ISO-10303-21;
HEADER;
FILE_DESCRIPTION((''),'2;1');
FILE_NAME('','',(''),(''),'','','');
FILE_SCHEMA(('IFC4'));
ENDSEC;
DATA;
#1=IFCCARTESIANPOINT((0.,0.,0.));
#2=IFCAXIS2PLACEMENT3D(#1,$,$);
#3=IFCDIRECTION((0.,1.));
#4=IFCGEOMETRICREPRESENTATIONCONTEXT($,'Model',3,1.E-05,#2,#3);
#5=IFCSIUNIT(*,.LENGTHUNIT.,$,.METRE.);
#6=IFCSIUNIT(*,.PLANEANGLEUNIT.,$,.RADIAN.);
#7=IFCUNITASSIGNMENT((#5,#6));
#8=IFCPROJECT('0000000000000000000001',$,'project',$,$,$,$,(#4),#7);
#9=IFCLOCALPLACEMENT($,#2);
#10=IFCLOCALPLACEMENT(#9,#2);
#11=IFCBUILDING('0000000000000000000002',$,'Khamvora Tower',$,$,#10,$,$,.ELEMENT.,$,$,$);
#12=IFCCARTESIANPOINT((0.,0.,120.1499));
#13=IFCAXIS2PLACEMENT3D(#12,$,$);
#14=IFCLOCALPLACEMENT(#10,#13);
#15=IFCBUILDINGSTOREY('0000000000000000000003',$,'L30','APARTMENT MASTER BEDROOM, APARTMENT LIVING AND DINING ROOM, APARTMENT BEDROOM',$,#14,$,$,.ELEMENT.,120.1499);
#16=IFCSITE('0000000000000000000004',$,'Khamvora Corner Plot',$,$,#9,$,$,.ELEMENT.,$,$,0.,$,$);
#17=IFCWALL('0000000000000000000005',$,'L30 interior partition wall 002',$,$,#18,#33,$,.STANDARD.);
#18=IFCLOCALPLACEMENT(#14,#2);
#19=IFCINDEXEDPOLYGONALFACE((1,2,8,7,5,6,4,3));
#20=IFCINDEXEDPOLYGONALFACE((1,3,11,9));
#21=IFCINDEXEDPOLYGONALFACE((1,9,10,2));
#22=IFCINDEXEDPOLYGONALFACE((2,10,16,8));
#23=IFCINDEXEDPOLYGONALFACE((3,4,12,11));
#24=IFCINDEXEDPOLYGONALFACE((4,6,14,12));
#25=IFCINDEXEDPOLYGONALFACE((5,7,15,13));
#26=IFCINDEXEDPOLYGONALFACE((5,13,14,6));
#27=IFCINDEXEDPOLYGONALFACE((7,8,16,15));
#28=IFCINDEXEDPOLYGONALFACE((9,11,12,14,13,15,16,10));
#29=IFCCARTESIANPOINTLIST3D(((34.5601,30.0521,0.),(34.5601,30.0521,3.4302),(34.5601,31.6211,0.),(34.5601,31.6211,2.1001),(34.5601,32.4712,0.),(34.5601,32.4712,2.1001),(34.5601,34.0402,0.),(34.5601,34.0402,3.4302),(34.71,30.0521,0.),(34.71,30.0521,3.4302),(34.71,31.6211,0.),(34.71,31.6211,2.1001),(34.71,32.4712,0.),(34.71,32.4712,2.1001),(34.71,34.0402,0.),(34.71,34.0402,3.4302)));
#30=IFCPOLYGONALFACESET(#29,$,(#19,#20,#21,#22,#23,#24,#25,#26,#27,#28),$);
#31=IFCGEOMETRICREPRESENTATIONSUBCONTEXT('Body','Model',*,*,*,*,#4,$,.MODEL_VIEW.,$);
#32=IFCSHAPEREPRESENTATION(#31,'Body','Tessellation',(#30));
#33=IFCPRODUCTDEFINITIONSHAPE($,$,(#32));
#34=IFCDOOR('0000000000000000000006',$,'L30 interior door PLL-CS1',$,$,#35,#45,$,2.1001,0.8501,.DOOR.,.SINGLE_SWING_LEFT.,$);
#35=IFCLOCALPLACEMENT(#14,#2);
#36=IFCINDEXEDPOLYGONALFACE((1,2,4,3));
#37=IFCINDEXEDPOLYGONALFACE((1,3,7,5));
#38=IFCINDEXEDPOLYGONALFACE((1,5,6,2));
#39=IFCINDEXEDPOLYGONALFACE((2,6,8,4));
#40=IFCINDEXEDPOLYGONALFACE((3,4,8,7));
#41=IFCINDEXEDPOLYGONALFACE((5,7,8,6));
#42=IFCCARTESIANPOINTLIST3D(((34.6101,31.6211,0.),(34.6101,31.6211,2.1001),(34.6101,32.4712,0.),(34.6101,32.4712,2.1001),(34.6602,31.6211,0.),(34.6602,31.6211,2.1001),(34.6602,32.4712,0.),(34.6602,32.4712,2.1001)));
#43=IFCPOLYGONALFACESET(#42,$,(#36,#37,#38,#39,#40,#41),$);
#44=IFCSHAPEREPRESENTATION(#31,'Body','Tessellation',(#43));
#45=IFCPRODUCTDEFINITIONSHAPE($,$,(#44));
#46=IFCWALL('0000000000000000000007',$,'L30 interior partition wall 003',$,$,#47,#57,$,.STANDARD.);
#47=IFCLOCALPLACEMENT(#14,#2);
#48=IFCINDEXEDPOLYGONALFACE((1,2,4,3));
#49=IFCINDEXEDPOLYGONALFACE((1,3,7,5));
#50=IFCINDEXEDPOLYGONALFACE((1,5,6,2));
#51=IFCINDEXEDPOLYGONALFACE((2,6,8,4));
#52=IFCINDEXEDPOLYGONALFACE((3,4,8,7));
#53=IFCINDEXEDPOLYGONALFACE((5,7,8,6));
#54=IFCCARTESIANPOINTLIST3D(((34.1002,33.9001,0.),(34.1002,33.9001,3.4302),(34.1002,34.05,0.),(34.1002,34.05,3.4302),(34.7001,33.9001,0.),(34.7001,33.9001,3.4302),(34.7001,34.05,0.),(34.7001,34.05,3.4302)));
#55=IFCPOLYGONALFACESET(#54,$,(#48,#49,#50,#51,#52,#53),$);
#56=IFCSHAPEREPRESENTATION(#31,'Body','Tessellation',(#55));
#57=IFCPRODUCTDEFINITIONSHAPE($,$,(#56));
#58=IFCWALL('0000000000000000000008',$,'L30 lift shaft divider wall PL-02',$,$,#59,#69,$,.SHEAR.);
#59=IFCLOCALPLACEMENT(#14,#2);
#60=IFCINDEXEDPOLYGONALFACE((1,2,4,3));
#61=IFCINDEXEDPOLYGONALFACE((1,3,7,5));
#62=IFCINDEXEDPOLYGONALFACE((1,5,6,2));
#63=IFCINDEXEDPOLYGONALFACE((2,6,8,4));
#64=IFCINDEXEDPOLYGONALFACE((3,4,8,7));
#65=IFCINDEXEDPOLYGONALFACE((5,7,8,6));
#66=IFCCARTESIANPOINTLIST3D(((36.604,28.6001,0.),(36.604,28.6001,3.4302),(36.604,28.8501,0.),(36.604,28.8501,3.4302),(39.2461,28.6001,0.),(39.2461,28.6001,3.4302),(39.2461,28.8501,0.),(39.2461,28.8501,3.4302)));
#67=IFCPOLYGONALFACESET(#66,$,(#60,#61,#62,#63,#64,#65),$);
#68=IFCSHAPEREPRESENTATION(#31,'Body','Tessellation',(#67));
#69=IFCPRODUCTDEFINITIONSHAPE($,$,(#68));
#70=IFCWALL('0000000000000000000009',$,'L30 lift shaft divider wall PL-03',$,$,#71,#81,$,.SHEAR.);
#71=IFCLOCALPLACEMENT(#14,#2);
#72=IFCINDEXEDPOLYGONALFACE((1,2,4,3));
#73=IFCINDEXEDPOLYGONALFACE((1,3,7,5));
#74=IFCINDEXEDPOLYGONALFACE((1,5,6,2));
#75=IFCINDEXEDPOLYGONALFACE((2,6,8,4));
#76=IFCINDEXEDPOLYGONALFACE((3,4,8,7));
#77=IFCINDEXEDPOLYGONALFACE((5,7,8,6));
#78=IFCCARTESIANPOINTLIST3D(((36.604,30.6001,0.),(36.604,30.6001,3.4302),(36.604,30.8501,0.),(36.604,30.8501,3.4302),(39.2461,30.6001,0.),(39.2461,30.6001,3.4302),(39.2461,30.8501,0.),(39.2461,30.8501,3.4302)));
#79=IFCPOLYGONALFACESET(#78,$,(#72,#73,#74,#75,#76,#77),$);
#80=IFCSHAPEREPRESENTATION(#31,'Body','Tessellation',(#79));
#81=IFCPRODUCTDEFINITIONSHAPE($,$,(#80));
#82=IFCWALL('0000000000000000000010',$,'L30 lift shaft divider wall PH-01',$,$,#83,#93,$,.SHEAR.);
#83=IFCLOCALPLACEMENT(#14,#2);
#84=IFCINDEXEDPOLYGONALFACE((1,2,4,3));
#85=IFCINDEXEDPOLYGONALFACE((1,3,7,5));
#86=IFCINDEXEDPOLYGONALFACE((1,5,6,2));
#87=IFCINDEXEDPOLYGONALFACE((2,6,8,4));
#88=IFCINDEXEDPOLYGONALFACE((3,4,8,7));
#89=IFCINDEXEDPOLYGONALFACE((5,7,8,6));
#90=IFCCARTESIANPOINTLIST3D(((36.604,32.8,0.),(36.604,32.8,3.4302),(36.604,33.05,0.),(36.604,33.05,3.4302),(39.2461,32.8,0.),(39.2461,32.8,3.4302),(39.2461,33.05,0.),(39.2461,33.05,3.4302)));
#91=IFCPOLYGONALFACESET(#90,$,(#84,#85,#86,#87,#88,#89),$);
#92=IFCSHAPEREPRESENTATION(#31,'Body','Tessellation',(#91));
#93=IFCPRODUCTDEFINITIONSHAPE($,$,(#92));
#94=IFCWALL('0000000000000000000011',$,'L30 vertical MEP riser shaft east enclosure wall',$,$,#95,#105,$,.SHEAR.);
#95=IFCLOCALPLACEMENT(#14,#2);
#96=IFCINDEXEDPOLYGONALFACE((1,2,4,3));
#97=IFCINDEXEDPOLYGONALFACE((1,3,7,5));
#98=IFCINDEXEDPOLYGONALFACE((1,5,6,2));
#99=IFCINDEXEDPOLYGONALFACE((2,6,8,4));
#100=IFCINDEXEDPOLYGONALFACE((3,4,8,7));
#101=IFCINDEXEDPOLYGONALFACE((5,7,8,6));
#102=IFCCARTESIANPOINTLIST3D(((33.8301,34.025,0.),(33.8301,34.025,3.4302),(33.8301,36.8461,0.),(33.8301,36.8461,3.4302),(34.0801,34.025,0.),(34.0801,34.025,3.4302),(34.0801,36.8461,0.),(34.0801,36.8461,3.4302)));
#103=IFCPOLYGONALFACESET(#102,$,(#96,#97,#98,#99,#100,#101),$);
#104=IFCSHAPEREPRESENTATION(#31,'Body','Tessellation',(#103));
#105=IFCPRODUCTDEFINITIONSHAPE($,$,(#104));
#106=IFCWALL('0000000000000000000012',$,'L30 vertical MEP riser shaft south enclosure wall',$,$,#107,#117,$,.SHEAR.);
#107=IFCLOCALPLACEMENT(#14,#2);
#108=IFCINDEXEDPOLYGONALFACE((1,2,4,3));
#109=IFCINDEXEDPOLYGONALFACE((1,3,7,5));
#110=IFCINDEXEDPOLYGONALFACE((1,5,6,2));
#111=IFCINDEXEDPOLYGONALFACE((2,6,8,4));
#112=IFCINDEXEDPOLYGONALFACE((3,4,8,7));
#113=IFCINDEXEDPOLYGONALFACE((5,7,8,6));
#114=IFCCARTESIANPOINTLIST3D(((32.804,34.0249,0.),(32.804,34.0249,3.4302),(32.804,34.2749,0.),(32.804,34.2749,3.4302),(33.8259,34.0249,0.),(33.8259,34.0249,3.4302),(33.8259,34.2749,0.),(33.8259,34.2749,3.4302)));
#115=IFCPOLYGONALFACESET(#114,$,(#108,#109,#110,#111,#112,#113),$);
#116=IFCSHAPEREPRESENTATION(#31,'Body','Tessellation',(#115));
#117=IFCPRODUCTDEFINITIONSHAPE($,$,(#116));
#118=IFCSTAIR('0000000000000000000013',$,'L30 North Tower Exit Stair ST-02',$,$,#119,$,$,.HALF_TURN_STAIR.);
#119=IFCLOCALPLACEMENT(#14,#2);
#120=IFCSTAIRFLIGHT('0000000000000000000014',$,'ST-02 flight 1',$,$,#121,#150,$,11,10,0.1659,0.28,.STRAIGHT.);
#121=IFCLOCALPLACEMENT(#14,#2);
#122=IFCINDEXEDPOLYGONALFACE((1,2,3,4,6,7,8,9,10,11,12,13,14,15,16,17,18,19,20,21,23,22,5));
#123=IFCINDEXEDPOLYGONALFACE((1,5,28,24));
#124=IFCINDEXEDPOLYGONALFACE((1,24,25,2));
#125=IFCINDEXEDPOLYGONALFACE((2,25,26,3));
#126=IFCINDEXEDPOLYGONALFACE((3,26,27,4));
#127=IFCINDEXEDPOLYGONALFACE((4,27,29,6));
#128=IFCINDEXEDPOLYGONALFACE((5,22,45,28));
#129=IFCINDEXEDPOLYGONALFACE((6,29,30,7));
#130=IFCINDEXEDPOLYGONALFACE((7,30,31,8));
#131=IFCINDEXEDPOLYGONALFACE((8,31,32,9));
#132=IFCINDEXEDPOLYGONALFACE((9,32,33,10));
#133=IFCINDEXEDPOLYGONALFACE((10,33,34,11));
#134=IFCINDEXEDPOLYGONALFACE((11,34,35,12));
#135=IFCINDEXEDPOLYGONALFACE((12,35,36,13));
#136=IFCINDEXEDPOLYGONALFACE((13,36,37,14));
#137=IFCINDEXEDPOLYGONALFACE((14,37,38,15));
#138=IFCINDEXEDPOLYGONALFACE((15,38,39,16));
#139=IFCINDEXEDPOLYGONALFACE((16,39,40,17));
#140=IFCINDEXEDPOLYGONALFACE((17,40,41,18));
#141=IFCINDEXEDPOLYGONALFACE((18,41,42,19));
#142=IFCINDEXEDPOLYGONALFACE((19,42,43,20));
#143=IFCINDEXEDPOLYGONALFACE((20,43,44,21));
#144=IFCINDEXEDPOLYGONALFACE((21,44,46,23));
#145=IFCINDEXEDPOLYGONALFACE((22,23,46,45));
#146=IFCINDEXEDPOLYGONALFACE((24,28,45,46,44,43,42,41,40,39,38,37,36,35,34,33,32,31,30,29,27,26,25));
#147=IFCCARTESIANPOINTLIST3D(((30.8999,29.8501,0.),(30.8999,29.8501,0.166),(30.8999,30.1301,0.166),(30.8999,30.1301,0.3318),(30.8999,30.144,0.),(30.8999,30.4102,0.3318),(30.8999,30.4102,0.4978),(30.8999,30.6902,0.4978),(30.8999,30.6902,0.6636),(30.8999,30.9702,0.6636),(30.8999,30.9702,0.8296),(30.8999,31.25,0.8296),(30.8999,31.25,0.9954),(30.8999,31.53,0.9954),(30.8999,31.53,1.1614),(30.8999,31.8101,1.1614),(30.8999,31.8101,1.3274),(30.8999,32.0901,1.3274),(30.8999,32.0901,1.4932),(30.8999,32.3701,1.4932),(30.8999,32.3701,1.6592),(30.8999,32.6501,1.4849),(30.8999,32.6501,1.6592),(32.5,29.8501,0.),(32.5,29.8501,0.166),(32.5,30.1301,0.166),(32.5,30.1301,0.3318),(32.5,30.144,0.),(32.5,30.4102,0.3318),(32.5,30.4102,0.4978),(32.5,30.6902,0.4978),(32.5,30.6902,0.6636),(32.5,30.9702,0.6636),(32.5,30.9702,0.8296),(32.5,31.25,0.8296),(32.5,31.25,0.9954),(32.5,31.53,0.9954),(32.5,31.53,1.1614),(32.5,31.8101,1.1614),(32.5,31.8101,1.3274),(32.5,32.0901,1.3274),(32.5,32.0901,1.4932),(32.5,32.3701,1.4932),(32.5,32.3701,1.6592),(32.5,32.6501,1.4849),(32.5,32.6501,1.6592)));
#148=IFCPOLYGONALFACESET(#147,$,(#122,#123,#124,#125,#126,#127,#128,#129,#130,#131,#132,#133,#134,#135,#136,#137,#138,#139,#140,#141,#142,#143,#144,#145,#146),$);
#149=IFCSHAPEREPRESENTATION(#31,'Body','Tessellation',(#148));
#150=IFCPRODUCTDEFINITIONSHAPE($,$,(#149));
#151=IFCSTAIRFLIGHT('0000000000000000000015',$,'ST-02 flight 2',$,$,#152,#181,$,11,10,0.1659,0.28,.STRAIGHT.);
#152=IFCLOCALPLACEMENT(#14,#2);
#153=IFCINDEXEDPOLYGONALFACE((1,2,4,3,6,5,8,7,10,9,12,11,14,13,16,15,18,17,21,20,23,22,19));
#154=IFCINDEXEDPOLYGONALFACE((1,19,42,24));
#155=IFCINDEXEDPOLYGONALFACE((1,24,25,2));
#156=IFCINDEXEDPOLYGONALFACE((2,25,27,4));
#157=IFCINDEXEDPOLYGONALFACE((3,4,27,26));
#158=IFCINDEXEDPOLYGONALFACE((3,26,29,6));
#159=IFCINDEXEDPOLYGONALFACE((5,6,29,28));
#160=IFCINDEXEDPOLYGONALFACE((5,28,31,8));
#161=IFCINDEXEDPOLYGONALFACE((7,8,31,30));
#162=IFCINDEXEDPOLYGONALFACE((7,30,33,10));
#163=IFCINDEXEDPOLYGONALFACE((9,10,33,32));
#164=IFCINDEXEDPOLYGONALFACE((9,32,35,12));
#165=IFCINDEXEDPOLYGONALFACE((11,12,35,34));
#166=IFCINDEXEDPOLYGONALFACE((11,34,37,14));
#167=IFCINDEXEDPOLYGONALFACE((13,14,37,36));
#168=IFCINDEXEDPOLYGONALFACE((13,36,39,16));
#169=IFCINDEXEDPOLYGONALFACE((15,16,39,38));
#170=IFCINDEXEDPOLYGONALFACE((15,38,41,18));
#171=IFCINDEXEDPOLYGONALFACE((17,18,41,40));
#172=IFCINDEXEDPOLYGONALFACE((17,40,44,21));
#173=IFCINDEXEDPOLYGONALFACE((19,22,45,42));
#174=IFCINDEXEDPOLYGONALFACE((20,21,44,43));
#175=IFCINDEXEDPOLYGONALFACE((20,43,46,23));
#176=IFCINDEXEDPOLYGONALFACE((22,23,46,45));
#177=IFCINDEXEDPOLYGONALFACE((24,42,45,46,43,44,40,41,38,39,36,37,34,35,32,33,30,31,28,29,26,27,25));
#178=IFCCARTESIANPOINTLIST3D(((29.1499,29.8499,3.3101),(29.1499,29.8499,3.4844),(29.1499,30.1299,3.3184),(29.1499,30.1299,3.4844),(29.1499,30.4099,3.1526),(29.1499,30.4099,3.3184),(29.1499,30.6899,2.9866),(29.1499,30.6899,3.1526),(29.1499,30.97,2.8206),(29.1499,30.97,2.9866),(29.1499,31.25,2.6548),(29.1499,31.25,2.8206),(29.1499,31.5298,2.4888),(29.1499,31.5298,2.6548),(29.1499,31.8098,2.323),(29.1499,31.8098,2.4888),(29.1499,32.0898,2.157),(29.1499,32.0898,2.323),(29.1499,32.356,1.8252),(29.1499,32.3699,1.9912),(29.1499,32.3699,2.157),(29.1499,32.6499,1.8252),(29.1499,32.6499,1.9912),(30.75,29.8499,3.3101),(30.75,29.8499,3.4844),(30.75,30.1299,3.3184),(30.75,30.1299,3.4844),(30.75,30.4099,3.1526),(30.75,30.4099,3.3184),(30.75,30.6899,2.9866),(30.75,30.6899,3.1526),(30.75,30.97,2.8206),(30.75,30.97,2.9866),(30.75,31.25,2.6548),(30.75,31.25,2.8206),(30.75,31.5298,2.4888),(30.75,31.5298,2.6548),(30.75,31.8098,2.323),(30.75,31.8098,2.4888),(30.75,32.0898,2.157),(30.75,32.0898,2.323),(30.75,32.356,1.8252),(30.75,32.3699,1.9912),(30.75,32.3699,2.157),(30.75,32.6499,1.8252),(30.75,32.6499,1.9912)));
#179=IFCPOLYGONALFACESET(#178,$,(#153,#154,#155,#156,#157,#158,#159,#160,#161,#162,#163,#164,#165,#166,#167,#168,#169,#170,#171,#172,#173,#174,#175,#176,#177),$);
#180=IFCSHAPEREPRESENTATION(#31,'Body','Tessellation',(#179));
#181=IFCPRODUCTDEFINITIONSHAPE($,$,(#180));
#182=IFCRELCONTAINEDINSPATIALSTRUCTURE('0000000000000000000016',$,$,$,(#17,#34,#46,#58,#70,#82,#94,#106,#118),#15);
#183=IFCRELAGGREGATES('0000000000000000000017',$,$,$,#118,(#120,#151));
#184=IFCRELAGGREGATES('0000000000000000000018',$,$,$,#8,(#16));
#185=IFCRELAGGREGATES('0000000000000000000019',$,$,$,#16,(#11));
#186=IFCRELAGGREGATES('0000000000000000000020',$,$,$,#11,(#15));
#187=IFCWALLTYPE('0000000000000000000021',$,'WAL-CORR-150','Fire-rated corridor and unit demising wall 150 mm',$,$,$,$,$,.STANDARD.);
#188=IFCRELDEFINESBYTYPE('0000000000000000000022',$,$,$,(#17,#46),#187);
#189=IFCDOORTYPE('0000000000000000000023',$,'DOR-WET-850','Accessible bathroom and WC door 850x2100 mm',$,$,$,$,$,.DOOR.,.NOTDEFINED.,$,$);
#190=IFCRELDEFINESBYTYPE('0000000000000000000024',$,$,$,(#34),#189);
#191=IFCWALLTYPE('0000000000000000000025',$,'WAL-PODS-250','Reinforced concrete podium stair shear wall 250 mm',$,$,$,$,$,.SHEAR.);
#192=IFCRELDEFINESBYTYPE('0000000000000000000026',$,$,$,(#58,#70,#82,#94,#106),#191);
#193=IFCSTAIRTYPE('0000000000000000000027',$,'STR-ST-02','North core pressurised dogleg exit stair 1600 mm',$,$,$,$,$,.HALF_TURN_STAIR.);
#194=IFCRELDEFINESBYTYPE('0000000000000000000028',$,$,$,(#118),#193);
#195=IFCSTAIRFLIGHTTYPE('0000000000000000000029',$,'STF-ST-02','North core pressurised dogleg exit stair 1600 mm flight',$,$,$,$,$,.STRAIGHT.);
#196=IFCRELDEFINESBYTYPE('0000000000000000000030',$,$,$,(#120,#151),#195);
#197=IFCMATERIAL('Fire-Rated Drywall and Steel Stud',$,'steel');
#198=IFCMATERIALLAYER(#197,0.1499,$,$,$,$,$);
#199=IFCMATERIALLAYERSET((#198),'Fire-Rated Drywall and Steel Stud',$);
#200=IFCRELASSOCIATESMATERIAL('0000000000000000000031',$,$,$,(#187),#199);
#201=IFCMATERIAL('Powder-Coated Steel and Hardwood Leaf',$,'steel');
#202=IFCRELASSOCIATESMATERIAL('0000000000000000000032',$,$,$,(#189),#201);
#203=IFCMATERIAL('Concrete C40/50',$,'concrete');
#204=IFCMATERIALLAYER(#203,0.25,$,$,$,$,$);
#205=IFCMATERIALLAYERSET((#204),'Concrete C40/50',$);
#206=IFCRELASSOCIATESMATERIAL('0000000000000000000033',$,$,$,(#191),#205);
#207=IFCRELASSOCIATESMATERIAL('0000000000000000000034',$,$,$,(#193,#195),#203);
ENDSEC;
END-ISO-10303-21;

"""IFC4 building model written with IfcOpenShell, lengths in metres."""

from ifc_helpers import new_model, si_unit, direction, frame, frame_2d, origin, place, context, subcontext, project, spatial, polyline, rectangle, outline, extrude, material, layer, layer_set, type_object, element, fill, aggregate, save


model = new_model("IFC4")

# Units and contexts
model_context = context("Model", 3, precision=1e-05, world=origin(), true_north=direction((0.0, 1.0)))
body_context = subcontext(model_context, "Body", "Model", "MODEL_VIEW")
ifc_project = project(units=[si_unit("LENGTHUNIT", "METRE"), si_unit("PLANEANGLEUNIT", "RADIAN")], contexts=[model_context])

# Site, building, storey
site_placement = place(None, origin())
site = spatial("IfcSite", under=ifc_project, at=site_placement, Name="Khamvora Corner Plot", CompositionType="ELEMENT", RefElevation=0.0)
building_placement = place(site_placement, origin())
building = spatial("IfcBuilding", under=site, at=building_placement, Name="Khamvora Tower", CompositionType="ELEMENT")
storey_placement = place(building_placement, frame((0.0, 0.0, 120.1499)))
storey = spatial("IfcBuildingStorey", under=building, at=storey_placement, Name="L30", Description="APARTMENT MASTER BEDROOM, APARTMENT LIVING AND DINING ROOM, APARTMENT BEDROOM", CompositionType="ELEMENT", Elevation=120.1499)

# Shared definitions
ifc_material_1 = material(Name="Powder-Coated Steel and Hardwood Leaf", Category="steel")

# Shared definitions
ifc_material_2 = material(Name="Fire-Rated Drywall and Steel Stud", Category="steel")
ifc_layer_1 = layer(ifc_material_2, 0.1499)
ifc_layer_set_1 = layer_set([ifc_layer_1], Name="Fire-Rated Drywall and Steel Stud")
wall_type_1 = type_object("IfcWallType", Name="WAL-CORR-150", Description="Fire-rated corridor and unit demising wall 150 mm", PredefinedType="STANDARD", material=ifc_layer_set_1)

# Wall, opening, door
wall_1_placement = place(storey_placement, frame((34.635, 30.052, 0.0), z_axis=(0.0, 0.0, 1.0), x_axis=(0.0, 1.0, 0.0)))
wall_1 = element("IfcWall", 1, at=wall_1_placement, inside=storey, type_object=wall_type_1, Name="L30 interior partition wall 002", PredefinedType="STANDARD", context=body_context, shape_type="SweptSolid", body=[
    extrude(rectangle(XDim=3.988, YDim=0.1499, at=frame_2d((1.9941, 0.0))), origin(), (0.0, 0.0, 1.0), 3.4302),
])
opening_1_placement = place(wall_1_placement, frame((1.5691, 0.0, 0.0)))
opening_1 = element("IfcOpeningElement", 2, at=opening_1_placement, cuts=wall_1, PredefinedType="OPENING", context=body_context, shape_type="SweptSolid", body=[
    extrude(rectangle(XDim=0.8501, YDim=2.1001, at=frame_2d((0.425, 1.05))), frame((0.0, 0.085, 0.0), z_axis=(0.0, -1.0, 0.0), x_axis=(1.0, 0.0, 0.0)), (0.0, 0.0, 1.0), 0.1699),
])
door_type_1 = type_object("IfcDoorType", Name="DOR-WET-850", Description="Accessible bathroom and WC door 850x2100 mm", OperationType="NOTDEFINED", PredefinedType="DOOR", material=ifc_material_1)
door_1_placement = place(opening_1_placement, origin())
door_1 = element("IfcDoor", 3, at=door_1_placement, inside=storey, type_object=door_type_1, Name="L30 interior door PLL-CS1", OperationType="SINGLE_SWING_LEFT", OverallHeight=2.1001, OverallWidth=0.8501, PredefinedType="DOOR", context=body_context, shape_type="SweptSolid", body=[
    extrude(rectangle(XDim=0.8501, YDim=2.1001, at=frame_2d((0.425, 1.05))), frame((0.0, 0.0249, 0.0), z_axis=(0.0, -1.0, 0.0), x_axis=(1.0, 0.0, 0.0)), (0.0, 0.0, 1.0), 0.05),
])
fill(opening_1, door_1)

# Walls
wall_2_placement = place(storey_placement, frame((34.7, 33.9751, 0.0), z_axis=(0.0, 0.0, 1.0), x_axis=(-1.0, 0.0, 0.0)))
element("IfcWall", 4, at=wall_2_placement, inside=storey, type_object=wall_type_1, Name="L30 interior partition wall 003", PredefinedType="STANDARD", context=body_context, shape_type="SweptSolid", body=[
    extrude(rectangle(XDim=0.5999, YDim=0.1499, at=frame_2d((0.2998, 0.0))), origin(), (0.0, 0.0, 1.0), 3.4302),
])
ifc_material_3 = material(Name="Concrete C40/50", Category="concrete")
ifc_layer_2 = layer(ifc_material_3, 0.25)
ifc_layer_set_2 = layer_set([ifc_layer_2], Name="Concrete C40/50")
wall_type_2 = type_object("IfcWallType", Name="WAL-PODS-250", Description="Reinforced concrete podium stair shear wall 250 mm", PredefinedType="SHEAR", material=ifc_layer_set_2)
for number, where, z_axis, x_axis, name in (
    (5, (36.604, 28.7251, 0.0), (0.0, 0.0, 1.0), (1.0, 0.0, 0.0), "L30 lift shaft divider wall PL-02"),
    (6, (36.604, 30.7251, 0.0), (0.0, 0.0, 1.0), (1.0, 0.0, 0.0), "L30 lift shaft divider wall PL-03"),
    (7, (36.604, 32.925, 0.0), (0.0, 0.0, 1.0), (1.0, 0.0, 0.0), "L30 lift shaft divider wall PH-01"),
):
    element("IfcWall", number, at=place(storey_placement, frame(where, z_axis=z_axis, x_axis=x_axis)), inside=storey, type_object=wall_type_2, Name=name, PredefinedType="SHEAR", context=body_context, shape_type="SweptSolid", body=[
        extrude(rectangle(XDim=2.6421, YDim=0.25, at=frame_2d((1.321, 0.0))), origin(), (0.0, 0.0, 1.0), 3.4302),
    ])
wall_3_placement = place(storey_placement, frame((33.9551, 34.0249, 0.0), z_axis=(0.0, 0.0, 1.0), x_axis=(0.0, 1.0, 0.0)))
element("IfcWall", 8, at=wall_3_placement, inside=storey, type_object=wall_type_2, Name="L30 vertical MEP riser shaft east enclosure wall", PredefinedType="SHEAR", context=body_context, shape_type="SweptSolid", body=[
    extrude(rectangle(XDim=2.821, YDim=0.25, at=frame_2d((1.4106, 0.0))), origin(), (0.0, 0.0, 1.0), 3.4302),
])
wall_4_placement = place(storey_placement, frame((32.804, 34.1499, 0.0), z_axis=(0.0, 0.0, 1.0), x_axis=(1.0, 0.0, 0.0)))
element("IfcWall", 9, at=wall_4_placement, inside=storey, type_object=wall_type_2, Name="L30 vertical MEP riser shaft south enclosure wall", PredefinedType="SHEAR", context=body_context, shape_type="SweptSolid", body=[
    extrude(rectangle(XDim=1.022, YDim=0.25, at=frame_2d((0.511, 0.0))), origin(), (0.0, 0.0, 1.0), 3.4302),
])

# Stair, stair flights
stair_type = type_object("IfcStairType", Name="STR-ST-02", Description="North core pressurised dogleg exit stair 1600 mm", PredefinedType="HALF_TURN_STAIR", material=ifc_material_3)
stair_placement = place(storey_placement, origin())
stair = element("IfcStair", 10, at=stair_placement, inside=storey, type_object=stair_type, Name="L30 North Tower Exit Stair ST-02", PredefinedType="HALF_TURN_STAIR")
stair_flight_type = type_object("IfcStairFlightType", Name="STF-ST-02", Description="North core pressurised dogleg exit stair 1600 mm flight", PredefinedType="STRAIGHT", material=ifc_material_3)
stair_flight_1_placement = place(storey_placement, frame((31.7, 29.8501, 0.0), z_axis=(0.0, 0.0, 1.0), x_axis=(0.0, 1.0, 0.0)))
stair_flight_1 = element("IfcStairFlight", 11, at=stair_flight_1_placement, type_object=stair_flight_type, Name="ST-02 flight 1", NumberOfRisers=11, NumberOfTreads=10, PredefinedType="STRAIGHT", RiserHeight=0.1659, TreadLength=0.28, context=body_context, shape_type="SweptSolid", body=[
    extrude(outline(polyline([(0.0, 0.0), (0.0, 0.166), (0.28, 0.166), (0.28, 0.3318), (0.5601, 0.3318), (0.5601, 0.4978), (0.8401, 0.4978), (0.8401, 0.6636), (1.1201, 0.6636), (1.1201, 0.8296), (1.3999, 0.8296), (1.3999, 0.9954), (1.6799, 0.9954), (1.6799, 1.1614), (1.96, 1.1614), (1.96, 1.3274), (2.24, 1.3274), (2.24, 1.4932), (2.52, 1.4932), (2.52, 1.6592), (2.8, 1.6592), (2.8, 1.825), (2.8, 1.4849), (0.2939, 0.0), (0.0, 0.0)])), frame((0.0, 0.8, 0.0), z_axis=(0.0, -1.0, 0.0), x_axis=(1.0, 0.0, 0.0)), (0.0, 0.0, 1.0), 1.6001),
])
stair_flight_2_placement = place(storey_placement, frame((29.95, 32.6499, 1.8252), z_axis=(0.0, 0.0, 1.0), x_axis=(0.0, -1.0, 0.0)))
stair_flight_2 = element("IfcStairFlight", 12, at=stair_flight_2_placement, type_object=stair_flight_type, Name="ST-02 flight 2", NumberOfRisers=11, NumberOfTreads=10, PredefinedType="STRAIGHT", RiserHeight=0.1659, TreadLength=0.28, context=body_context, shape_type="SweptSolid", body=[
    extrude(outline(polyline([(0.0, 0.0), (0.0, 0.166), (0.28, 0.166), (0.28, 0.3318), (0.5601, 0.3318), (0.5601, 0.4978), (0.8401, 0.4978), (0.8401, 0.6636), (1.1201, 0.6636), (1.1201, 0.8296), (1.3999, 0.8296), (1.3999, 0.9954), (1.6799, 0.9954), (1.6799, 1.1614), (1.96, 1.1614), (1.96, 1.3274), (2.24, 1.3274), (2.24, 1.4932), (2.52, 1.4932), (2.52, 1.6592), (2.8, 1.6592), (2.8, 1.825), (2.8, 1.4849), (0.2939, 0.0), (0.0, 0.0)])), frame((0.0, 0.8, 0.0), z_axis=(0.0, -1.0, 0.0), x_axis=(1.0, 0.0, 0.0)), (0.0, 0.0, 1.0), 1.6001),
])
aggregate(stair, [stair_flight_1, stair_flight_2])

save(model, "model.ifc")
